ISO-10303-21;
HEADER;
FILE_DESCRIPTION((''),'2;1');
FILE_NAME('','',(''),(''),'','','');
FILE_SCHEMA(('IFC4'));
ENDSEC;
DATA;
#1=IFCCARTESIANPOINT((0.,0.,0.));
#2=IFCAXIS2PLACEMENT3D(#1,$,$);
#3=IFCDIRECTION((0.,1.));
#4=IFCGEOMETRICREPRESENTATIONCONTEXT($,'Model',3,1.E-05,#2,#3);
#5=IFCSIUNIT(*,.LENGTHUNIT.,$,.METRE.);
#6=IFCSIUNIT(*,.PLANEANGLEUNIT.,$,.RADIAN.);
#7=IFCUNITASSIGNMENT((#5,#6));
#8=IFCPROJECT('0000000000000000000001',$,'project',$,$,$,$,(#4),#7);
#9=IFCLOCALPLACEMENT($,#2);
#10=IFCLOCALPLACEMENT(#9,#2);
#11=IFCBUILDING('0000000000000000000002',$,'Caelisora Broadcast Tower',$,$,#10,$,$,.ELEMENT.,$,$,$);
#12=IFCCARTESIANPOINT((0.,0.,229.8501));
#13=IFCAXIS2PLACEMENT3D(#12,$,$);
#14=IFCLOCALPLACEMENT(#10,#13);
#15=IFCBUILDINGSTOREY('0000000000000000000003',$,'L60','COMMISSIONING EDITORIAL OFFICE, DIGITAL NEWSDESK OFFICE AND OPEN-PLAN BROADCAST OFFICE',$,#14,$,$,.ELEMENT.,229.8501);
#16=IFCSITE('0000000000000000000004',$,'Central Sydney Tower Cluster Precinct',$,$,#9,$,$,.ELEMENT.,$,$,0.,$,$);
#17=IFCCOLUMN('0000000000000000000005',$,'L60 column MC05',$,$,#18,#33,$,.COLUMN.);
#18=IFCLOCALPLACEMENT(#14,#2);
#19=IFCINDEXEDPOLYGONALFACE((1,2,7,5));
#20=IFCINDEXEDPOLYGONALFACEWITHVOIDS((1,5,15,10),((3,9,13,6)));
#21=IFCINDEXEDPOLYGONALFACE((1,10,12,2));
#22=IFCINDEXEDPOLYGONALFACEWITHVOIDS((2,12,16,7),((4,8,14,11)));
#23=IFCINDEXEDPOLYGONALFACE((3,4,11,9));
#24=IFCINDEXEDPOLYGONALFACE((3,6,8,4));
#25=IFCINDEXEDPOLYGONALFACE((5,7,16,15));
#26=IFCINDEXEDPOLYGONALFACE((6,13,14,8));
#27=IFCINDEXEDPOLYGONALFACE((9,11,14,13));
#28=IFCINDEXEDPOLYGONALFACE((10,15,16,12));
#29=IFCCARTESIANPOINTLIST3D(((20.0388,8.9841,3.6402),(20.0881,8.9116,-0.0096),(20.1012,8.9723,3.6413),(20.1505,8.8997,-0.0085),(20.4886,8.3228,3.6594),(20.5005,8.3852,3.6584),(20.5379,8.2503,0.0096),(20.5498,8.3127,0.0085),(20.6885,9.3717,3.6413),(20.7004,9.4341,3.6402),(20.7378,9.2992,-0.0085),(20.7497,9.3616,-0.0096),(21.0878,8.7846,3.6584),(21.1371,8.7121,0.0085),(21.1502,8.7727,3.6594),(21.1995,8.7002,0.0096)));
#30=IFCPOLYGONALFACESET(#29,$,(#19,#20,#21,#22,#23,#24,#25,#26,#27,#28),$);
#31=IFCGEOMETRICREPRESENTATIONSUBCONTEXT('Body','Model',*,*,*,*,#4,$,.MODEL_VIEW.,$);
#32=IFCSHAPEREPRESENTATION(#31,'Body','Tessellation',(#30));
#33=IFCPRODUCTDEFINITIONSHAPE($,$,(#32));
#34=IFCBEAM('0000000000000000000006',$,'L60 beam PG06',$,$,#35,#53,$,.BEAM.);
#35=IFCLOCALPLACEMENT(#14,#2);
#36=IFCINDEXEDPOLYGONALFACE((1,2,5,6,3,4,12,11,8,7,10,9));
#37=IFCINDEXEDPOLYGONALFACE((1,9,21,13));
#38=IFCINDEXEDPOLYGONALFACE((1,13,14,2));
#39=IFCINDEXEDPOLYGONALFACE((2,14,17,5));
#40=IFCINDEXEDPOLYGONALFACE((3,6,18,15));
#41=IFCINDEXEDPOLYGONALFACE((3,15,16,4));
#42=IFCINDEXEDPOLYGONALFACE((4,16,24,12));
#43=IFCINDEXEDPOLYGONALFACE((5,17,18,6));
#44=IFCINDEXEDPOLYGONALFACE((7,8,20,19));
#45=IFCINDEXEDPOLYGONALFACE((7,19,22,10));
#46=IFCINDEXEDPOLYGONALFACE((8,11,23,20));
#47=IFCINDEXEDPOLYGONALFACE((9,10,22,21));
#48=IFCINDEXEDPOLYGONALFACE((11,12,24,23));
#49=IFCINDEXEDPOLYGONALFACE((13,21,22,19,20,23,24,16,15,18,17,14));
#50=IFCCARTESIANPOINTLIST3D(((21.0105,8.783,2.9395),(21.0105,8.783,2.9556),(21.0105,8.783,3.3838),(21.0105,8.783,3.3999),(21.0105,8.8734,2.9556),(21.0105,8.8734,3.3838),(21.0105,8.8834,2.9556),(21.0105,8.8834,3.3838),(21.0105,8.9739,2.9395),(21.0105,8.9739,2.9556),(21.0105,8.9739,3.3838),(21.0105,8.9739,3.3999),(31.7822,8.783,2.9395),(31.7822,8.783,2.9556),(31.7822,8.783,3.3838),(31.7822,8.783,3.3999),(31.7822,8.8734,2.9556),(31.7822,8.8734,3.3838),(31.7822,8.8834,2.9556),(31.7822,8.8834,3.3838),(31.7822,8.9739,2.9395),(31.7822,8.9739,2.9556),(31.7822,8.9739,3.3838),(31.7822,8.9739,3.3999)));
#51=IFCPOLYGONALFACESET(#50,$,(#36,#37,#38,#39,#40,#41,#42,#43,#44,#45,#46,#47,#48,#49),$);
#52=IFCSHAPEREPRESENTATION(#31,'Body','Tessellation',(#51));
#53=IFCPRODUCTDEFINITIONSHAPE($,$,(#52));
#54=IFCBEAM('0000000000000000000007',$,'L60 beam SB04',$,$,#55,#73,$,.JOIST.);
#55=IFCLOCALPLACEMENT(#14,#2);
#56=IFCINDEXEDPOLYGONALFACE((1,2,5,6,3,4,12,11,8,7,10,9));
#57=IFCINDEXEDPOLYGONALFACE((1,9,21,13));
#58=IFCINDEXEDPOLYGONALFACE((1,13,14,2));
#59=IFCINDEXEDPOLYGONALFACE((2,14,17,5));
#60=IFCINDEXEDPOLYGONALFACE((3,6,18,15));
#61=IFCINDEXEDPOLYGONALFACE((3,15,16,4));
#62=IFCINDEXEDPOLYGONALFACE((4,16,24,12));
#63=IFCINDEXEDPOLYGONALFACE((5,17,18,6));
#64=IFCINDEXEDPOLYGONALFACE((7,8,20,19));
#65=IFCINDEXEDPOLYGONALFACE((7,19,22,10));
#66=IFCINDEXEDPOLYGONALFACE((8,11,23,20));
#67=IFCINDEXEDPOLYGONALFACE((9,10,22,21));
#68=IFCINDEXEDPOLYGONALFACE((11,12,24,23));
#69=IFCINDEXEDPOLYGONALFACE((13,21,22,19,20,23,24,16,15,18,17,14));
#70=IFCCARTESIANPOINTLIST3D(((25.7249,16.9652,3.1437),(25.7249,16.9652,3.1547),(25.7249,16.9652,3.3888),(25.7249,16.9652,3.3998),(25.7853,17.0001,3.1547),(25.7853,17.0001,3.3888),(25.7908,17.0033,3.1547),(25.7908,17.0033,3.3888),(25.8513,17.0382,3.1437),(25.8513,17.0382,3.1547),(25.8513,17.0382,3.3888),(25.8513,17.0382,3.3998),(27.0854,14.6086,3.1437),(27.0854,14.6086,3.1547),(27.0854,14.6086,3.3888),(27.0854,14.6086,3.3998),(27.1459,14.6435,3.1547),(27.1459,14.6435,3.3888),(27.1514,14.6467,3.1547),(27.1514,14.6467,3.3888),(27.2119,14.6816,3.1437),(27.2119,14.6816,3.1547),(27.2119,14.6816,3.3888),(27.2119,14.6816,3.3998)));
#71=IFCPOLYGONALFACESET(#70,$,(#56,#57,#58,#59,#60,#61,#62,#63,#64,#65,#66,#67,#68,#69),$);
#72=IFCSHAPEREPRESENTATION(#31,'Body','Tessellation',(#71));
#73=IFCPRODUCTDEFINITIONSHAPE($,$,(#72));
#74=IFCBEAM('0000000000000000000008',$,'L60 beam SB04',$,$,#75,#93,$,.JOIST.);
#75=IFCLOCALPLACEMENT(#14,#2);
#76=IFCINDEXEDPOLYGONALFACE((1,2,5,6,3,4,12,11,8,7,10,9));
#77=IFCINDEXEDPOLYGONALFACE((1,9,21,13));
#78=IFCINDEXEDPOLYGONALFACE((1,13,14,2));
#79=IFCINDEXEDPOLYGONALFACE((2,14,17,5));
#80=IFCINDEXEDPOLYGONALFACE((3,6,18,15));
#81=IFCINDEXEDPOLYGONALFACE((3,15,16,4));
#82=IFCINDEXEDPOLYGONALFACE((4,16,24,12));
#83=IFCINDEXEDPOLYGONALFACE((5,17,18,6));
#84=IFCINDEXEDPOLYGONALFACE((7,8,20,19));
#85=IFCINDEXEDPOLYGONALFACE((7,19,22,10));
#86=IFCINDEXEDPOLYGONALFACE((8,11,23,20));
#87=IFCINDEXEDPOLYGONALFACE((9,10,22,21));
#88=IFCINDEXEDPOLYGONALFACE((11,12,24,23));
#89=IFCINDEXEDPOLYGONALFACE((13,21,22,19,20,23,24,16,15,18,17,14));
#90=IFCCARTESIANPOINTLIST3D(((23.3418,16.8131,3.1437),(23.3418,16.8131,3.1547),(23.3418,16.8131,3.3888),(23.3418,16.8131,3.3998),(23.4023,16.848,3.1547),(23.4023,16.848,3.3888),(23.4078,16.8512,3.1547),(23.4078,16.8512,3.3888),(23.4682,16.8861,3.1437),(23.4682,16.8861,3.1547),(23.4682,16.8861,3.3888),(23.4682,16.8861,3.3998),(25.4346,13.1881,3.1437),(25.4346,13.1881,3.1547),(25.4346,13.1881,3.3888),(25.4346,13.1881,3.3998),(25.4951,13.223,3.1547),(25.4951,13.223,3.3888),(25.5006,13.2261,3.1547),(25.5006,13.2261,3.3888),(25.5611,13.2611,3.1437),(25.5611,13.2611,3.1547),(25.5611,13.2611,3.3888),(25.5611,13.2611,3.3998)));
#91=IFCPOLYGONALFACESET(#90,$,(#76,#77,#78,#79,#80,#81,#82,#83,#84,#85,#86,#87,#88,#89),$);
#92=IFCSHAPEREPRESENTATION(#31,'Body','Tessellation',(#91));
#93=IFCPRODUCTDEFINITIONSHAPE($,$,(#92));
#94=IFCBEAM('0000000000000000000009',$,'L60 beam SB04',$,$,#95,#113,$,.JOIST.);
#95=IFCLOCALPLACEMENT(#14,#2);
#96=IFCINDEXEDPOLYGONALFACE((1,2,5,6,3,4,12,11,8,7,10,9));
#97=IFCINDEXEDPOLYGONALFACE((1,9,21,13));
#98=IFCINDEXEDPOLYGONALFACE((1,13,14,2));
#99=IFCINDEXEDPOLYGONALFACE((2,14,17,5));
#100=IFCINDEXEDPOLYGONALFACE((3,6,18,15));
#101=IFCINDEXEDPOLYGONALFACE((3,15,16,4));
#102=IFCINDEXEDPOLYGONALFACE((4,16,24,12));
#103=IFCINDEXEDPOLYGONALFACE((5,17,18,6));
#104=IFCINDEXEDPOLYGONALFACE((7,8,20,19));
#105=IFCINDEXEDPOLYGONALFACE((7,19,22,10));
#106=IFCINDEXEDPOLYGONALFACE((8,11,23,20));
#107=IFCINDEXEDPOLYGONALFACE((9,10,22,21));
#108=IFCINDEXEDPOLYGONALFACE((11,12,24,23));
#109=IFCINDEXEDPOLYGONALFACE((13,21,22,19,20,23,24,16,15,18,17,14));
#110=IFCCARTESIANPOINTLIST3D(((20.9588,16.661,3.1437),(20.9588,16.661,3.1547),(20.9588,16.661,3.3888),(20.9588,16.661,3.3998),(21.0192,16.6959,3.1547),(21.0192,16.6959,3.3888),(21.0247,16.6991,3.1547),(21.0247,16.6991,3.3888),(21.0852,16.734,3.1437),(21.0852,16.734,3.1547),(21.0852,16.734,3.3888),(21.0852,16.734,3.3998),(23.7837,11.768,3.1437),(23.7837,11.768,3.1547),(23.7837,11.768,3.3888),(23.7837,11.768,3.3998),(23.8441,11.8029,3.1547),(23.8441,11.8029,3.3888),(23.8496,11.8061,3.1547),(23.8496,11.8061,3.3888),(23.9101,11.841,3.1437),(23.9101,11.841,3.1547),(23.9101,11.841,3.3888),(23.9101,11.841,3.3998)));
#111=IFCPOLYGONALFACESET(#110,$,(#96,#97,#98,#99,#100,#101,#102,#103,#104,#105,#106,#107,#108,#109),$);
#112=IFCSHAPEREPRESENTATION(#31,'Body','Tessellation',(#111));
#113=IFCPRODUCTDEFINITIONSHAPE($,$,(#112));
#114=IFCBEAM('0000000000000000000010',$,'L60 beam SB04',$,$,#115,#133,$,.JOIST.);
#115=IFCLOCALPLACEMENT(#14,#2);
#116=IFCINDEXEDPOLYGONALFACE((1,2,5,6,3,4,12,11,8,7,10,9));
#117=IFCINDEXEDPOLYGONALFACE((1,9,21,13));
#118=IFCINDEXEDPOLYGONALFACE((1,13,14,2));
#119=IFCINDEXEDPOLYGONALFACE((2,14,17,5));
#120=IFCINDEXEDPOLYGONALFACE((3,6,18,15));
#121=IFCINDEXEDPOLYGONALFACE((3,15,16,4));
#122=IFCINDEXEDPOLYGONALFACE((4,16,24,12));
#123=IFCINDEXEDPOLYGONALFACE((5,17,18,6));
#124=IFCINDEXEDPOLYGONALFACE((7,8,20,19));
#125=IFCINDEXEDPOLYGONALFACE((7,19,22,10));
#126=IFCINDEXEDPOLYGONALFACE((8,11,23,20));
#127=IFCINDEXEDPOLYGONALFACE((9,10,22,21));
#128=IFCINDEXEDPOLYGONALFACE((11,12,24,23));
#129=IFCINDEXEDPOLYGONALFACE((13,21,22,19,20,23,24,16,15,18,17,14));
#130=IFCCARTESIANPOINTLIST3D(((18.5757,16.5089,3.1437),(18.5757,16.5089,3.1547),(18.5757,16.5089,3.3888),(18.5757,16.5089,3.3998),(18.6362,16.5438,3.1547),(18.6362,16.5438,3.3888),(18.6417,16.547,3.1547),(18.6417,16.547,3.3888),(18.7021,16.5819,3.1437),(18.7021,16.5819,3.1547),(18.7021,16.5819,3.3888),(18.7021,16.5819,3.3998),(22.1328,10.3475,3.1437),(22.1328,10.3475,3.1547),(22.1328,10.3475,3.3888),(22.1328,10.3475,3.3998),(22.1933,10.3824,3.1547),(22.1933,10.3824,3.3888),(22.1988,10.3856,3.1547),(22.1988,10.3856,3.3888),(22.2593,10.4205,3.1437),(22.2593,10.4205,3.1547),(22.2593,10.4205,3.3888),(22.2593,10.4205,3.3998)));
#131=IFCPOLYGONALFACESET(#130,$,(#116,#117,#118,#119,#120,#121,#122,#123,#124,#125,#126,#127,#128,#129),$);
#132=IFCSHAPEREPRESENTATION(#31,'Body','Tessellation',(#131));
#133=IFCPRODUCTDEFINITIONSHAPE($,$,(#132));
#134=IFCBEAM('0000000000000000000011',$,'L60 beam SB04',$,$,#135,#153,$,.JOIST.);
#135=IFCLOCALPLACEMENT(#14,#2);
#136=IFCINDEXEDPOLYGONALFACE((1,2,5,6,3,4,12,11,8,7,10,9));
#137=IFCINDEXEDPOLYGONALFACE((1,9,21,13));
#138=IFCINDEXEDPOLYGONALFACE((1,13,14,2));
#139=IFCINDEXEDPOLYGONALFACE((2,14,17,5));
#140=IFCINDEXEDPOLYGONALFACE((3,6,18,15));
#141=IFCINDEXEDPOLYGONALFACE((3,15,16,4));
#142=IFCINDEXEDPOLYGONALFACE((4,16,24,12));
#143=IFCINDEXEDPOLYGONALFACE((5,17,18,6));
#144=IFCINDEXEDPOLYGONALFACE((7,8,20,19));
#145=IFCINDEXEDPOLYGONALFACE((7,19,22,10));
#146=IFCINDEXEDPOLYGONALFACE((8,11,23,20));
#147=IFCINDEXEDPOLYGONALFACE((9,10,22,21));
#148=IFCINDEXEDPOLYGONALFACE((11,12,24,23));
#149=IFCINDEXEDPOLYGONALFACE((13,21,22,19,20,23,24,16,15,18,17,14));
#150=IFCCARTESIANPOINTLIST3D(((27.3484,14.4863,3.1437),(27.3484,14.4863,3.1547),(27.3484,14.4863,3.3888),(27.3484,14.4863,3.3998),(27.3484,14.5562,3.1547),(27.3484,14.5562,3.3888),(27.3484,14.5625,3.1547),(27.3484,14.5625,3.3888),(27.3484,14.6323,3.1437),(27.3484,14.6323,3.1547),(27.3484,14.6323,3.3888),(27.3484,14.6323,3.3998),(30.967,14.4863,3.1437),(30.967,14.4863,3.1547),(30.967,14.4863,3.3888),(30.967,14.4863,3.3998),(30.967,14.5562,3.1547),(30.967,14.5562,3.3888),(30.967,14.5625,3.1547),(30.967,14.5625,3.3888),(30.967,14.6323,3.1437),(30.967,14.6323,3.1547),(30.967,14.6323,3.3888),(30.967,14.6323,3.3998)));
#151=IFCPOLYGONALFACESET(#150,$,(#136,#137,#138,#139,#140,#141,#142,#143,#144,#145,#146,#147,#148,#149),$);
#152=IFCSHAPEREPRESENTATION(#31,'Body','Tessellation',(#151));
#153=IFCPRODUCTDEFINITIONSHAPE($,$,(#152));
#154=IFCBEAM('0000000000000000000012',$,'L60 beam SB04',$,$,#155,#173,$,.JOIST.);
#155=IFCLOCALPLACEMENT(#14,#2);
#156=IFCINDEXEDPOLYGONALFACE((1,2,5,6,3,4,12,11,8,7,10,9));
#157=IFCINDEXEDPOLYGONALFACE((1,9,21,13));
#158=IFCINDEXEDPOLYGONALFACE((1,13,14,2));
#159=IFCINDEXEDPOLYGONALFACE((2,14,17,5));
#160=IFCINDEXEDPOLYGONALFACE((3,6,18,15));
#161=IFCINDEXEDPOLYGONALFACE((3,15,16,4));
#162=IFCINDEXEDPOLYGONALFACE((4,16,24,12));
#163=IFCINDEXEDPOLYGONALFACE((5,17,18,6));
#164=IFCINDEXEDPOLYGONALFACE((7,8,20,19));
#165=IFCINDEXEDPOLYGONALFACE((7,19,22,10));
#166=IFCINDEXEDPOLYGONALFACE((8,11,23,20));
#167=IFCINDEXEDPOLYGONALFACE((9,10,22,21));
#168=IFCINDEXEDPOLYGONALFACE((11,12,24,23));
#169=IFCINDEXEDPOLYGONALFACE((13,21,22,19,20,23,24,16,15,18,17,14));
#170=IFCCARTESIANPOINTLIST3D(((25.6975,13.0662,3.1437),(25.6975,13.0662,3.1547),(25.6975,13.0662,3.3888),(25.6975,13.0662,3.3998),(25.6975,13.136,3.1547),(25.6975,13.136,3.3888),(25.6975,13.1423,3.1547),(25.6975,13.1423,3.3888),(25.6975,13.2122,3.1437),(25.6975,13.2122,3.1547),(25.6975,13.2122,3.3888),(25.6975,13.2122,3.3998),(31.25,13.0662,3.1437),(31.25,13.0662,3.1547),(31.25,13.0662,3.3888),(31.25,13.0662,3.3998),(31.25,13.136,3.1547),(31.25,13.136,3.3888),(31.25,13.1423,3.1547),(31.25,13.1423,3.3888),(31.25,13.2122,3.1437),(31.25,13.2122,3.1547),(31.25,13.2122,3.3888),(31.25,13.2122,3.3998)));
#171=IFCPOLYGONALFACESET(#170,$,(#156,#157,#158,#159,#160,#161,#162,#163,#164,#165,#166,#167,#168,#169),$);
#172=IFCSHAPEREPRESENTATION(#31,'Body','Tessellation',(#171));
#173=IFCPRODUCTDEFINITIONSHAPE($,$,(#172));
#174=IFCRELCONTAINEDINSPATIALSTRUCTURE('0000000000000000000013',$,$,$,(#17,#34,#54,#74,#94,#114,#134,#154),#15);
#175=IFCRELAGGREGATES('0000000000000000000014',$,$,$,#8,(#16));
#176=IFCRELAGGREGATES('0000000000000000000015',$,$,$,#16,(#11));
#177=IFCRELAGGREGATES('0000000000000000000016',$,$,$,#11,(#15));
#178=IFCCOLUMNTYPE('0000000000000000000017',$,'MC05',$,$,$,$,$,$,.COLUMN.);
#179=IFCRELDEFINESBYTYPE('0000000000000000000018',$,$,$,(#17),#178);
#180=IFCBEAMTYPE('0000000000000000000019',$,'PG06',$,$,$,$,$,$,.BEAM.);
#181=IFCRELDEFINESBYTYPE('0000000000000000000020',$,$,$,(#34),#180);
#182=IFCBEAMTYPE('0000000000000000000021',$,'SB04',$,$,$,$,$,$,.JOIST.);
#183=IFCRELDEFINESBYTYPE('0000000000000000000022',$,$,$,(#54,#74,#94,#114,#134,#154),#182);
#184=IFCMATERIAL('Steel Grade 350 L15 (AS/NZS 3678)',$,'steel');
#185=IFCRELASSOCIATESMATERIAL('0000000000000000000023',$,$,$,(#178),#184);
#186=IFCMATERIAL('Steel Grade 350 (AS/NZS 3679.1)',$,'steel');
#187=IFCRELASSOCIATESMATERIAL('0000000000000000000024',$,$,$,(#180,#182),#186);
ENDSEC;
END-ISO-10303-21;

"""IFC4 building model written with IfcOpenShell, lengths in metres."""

from ifc_helpers import new_model, si_unit, direction, frame, origin, origin_2d, place, context, subcontext, project, spatial, hollow_rectangle, i_section, extrude, source, transform, mapped, material, material_profile, profile_set, type_object, type_shapes, element, save


model = new_model("IFC4")

# Units and contexts
model_context = context("Model", 3, precision=1e-05, world=origin(), true_north=direction((0.0, 1.0)))
body_context = subcontext(model_context, "Body", "Model", "MODEL_VIEW")
ifc_project = project(units=[si_unit("LENGTHUNIT", "METRE"), si_unit("PLANEANGLEUNIT", "RADIAN")], contexts=[model_context])

# Site, building, storey
site_placement = place(None, origin())
site = spatial("IfcSite", under=ifc_project, at=site_placement, Name="Central Sydney Tower Cluster Precinct", CompositionType="ELEMENT", RefElevation=0.0)
building_placement = place(site_placement, origin())
building = spatial("IfcBuilding", under=site, at=building_placement, Name="Caelisora Broadcast Tower", CompositionType="ELEMENT")
storey_placement = place(building_placement, frame((0.0, 0.0, 229.8501)))
storey = spatial("IfcBuildingStorey", under=building, at=storey_placement, Name="L60", Description="COMMISSIONING EDITORIAL OFFICE, DIGITAL NEWSDESK OFFICE AND OPEN-PLAN BROADCAST OFFICE", CompositionType="ELEMENT", Elevation=229.8501)

# Column
ifc_material_1 = material(Name="Steel Grade 350 L15 (AS/NZS 3678)", Category="steel")
ifc_material_profile_1 = material_profile(ifc_material_1, hollow_rectangle(XDim=0.8, YDim=0.8, WallThickness=0.0449, at=origin_2d()), Name="Steel Grade 350 L15 (AS/NZS 3678)")
ifc_profile_set_1 = profile_set([ifc_material_profile_1], Name="Steel Grade 350 L15 (AS/NZS 3678)")
column_type = type_object("IfcColumnType", Name="MC05", PredefinedType="COLUMN", material=ifc_profile_set_1)
shared_shape_1 = source(origin(), body_context, "Body", "SweptSolid", [
    extrude(hollow_rectangle(XDim=0.8, YDim=0.8, WallThickness=0.0449, at=origin_2d()), origin(), (0.0, 0.0, 1.0), 3.6509),
])
type_shapes(column_type, [shared_shape_1])
column_placement = place(storey_placement, frame((20.6438, 8.8059, 0.0), z_axis=(-0.013508, 0.01986, 0.999712), x_axis=(-0.826875, -0.562386, 0.0)))
element("IfcColumn", 1, at=column_placement, inside=storey, type_object=column_type, Name="L60 column MC05", PredefinedType="COLUMN", context=body_context, shape_type="MappedRepresentation", body=[
    mapped(shared_shape_1, transform((0.0, 0.0, 0.0), scale=1.0)),
])

# Beams
ifc_material_2 = material(Name="Steel Grade 350 (AS/NZS 3679.1)", Category="steel")
ifc_material_profile_2 = material_profile(ifc_material_2, i_section(OverallWidth=0.1909, OverallDepth=0.4604, WebThickness=0.01, FlangeThickness=0.0161, at=origin_2d()), Name="Steel Grade 350 (AS/NZS 3679.1)")
ifc_profile_set_2 = profile_set([ifc_material_profile_2], Name="Steel Grade 350 (AS/NZS 3679.1)")
beam_type_1 = type_object("IfcBeamType", Name="PG06", PredefinedType="BEAM", material=ifc_profile_set_2)
shared_shape_2 = source(origin(), body_context, "Body", "SweptSolid", [
    extrude(i_section(OverallWidth=0.1909, OverallDepth=0.4604, WebThickness=0.01, FlangeThickness=0.0161, at=origin_2d()), origin(), (0.0, 0.0, 1.0), 10.7717),
])
type_shapes(beam_type_1, [shared_shape_2])
beam_1_placement = place(storey_placement, frame((21.0105, 8.8784, 3.1697), z_axis=(1.0, 0.0, 0.0), x_axis=(0.0, 1.0, 0.0)))
element("IfcBeam", 2, at=beam_1_placement, inside=storey, type_object=beam_type_1, Name="L60 beam PG06", PredefinedType="BEAM", context=body_context, shape_type="MappedRepresentation", body=[
    mapped(shared_shape_2, transform((0.0, 0.0, 0.0), scale=1.0)),
])
ifc_material_profile_3 = material_profile(ifc_material_2, i_section(OverallWidth=0.146, OverallDepth=0.2561, WebThickness=0.0063, FlangeThickness=0.011, at=origin_2d()), Name="Steel Grade 350 (AS/NZS 3679.1)")
ifc_profile_set_3 = profile_set([ifc_material_profile_3], Name="Steel Grade 350 (AS/NZS 3679.1)")
beam_type_2 = type_object("IfcBeamType", Name="SB04", PredefinedType="JOIST", material=ifc_profile_set_3)
shared_shape_3 = source(origin(), body_context, "Body", "SweptSolid", [
    extrude(i_section(OverallWidth=0.146, OverallDepth=0.2561, WebThickness=0.0063, FlangeThickness=0.011, at=origin_2d()), origin(), (0.0, 0.0, 1.0), 2.7212),
])
beam_2_placement = place(storey_placement, frame((25.7881, 17.0017, 3.2717), z_axis=(0.499989, -0.866032, 0.0), x_axis=(0.866032, 0.499989, 0.0)))
element("IfcBeam", 3, at=beam_2_placement, inside=storey, type_object=beam_type_2, Name="L60 beam SB04", PredefinedType="JOIST", context=body_context, shape_type="MappedRepresentation", body=[
    mapped(shared_shape_3, transform((0.0, 0.0, 0.0), scale=1.0)),
])
shared_shape_4 = source(origin(), body_context, "Body", "SweptSolid", [
    extrude(i_section(OverallWidth=0.146, OverallDepth=0.2561, WebThickness=0.0063, FlangeThickness=0.011, at=origin_2d()), origin(), (0.0, 0.0, 1.0), 4.1858),
])
beam_3_placement = place(storey_placement, frame((23.405, 16.8496, 3.2717), z_axis=(0.499978, -0.866038, 0.0), x_axis=(0.866038, 0.499978, 0.0)))
element("IfcBeam", 4, at=beam_3_placement, inside=storey, type_object=beam_type_2, Name="L60 beam SB04", PredefinedType="JOIST", context=body_context, shape_type="MappedRepresentation", body=[
    mapped(shared_shape_4, transform((0.0, 0.0, 0.0), scale=1.0)),
])
shared_shape_5 = source(origin(), body_context, "Body", "SweptSolid", [
    extrude(i_section(OverallWidth=0.146, OverallDepth=0.2561, WebThickness=0.0063, FlangeThickness=0.011, at=origin_2d()), origin(), (0.0, 0.0, 1.0), 5.6499),
])
beam_4_placement = place(storey_placement, frame((21.022, 16.6975, 3.2717), z_axis=(0.499992, -0.86603, 0.0), x_axis=(0.86603, 0.499992, 0.0)))
element("IfcBeam", 5, at=beam_4_placement, inside=storey, type_object=beam_type_2, Name="L60 beam SB04", PredefinedType="JOIST", context=body_context, shape_type="MappedRepresentation", body=[
    mapped(shared_shape_5, transform((0.0, 0.0, 0.0), scale=1.0)),
])
shared_shape_6 = source(origin(), body_context, "Body", "SweptSolid", [
    extrude(i_section(OverallWidth=0.146, OverallDepth=0.2561, WebThickness=0.0063, FlangeThickness=0.011, at=origin_2d()), origin(), (0.0, 0.0, 1.0), 7.1145),
])
beam_5_placement = place(storey_placement, frame((18.6389, 16.5454, 3.2717), z_axis=(0.499985, -0.866034, 0.0), x_axis=(0.866034, 0.499985, 0.0)))
element("IfcBeam", 6, at=beam_5_placement, inside=storey, type_object=beam_type_2, Name="L60 beam SB04", PredefinedType="JOIST", context=body_context, shape_type="MappedRepresentation", body=[
    mapped(shared_shape_6, transform((0.0, 0.0, 0.0), scale=1.0)),
])
shared_shape_7 = source(origin(), body_context, "Body", "SweptSolid", [
    extrude(i_section(OverallWidth=0.146, OverallDepth=0.2561, WebThickness=0.0063, FlangeThickness=0.011, at=origin_2d()), origin(), (0.0, 0.0, 1.0), 3.6187),
])
beam_6_placement = place(storey_placement, frame((27.3484, 14.5593, 3.2717), z_axis=(1.0, 0.0, 0.0), x_axis=(0.0, 1.0, 0.0)))
element("IfcBeam", 7, at=beam_6_placement, inside=storey, type_object=beam_type_2, Name="L60 beam SB04", PredefinedType="JOIST", context=body_context, shape_type="MappedRepresentation", body=[
    mapped(shared_shape_7, transform((0.0, 0.0, 0.0), scale=1.0)),
])
shared_shape_8 = source(origin(), body_context, "Body", "SweptSolid", [
    extrude(i_section(OverallWidth=0.146, OverallDepth=0.2561, WebThickness=0.0063, FlangeThickness=0.011, at=origin_2d()), origin(), (0.0, 0.0, 1.0), 5.5525),
])
beam_7_placement = place(storey_placement, frame((25.6975, 13.1392, 3.2717), z_axis=(1.0, 0.0, 0.0), x_axis=(0.0, 1.0, 0.0)))
element("IfcBeam", 8, at=beam_7_placement, inside=storey, type_object=beam_type_2, Name="L60 beam SB04", PredefinedType="JOIST", context=body_context, shape_type="MappedRepresentation", body=[
    mapped(shared_shape_8, transform((0.0, 0.0, 0.0), scale=1.0)),
])

save(model, "model.ifc")
